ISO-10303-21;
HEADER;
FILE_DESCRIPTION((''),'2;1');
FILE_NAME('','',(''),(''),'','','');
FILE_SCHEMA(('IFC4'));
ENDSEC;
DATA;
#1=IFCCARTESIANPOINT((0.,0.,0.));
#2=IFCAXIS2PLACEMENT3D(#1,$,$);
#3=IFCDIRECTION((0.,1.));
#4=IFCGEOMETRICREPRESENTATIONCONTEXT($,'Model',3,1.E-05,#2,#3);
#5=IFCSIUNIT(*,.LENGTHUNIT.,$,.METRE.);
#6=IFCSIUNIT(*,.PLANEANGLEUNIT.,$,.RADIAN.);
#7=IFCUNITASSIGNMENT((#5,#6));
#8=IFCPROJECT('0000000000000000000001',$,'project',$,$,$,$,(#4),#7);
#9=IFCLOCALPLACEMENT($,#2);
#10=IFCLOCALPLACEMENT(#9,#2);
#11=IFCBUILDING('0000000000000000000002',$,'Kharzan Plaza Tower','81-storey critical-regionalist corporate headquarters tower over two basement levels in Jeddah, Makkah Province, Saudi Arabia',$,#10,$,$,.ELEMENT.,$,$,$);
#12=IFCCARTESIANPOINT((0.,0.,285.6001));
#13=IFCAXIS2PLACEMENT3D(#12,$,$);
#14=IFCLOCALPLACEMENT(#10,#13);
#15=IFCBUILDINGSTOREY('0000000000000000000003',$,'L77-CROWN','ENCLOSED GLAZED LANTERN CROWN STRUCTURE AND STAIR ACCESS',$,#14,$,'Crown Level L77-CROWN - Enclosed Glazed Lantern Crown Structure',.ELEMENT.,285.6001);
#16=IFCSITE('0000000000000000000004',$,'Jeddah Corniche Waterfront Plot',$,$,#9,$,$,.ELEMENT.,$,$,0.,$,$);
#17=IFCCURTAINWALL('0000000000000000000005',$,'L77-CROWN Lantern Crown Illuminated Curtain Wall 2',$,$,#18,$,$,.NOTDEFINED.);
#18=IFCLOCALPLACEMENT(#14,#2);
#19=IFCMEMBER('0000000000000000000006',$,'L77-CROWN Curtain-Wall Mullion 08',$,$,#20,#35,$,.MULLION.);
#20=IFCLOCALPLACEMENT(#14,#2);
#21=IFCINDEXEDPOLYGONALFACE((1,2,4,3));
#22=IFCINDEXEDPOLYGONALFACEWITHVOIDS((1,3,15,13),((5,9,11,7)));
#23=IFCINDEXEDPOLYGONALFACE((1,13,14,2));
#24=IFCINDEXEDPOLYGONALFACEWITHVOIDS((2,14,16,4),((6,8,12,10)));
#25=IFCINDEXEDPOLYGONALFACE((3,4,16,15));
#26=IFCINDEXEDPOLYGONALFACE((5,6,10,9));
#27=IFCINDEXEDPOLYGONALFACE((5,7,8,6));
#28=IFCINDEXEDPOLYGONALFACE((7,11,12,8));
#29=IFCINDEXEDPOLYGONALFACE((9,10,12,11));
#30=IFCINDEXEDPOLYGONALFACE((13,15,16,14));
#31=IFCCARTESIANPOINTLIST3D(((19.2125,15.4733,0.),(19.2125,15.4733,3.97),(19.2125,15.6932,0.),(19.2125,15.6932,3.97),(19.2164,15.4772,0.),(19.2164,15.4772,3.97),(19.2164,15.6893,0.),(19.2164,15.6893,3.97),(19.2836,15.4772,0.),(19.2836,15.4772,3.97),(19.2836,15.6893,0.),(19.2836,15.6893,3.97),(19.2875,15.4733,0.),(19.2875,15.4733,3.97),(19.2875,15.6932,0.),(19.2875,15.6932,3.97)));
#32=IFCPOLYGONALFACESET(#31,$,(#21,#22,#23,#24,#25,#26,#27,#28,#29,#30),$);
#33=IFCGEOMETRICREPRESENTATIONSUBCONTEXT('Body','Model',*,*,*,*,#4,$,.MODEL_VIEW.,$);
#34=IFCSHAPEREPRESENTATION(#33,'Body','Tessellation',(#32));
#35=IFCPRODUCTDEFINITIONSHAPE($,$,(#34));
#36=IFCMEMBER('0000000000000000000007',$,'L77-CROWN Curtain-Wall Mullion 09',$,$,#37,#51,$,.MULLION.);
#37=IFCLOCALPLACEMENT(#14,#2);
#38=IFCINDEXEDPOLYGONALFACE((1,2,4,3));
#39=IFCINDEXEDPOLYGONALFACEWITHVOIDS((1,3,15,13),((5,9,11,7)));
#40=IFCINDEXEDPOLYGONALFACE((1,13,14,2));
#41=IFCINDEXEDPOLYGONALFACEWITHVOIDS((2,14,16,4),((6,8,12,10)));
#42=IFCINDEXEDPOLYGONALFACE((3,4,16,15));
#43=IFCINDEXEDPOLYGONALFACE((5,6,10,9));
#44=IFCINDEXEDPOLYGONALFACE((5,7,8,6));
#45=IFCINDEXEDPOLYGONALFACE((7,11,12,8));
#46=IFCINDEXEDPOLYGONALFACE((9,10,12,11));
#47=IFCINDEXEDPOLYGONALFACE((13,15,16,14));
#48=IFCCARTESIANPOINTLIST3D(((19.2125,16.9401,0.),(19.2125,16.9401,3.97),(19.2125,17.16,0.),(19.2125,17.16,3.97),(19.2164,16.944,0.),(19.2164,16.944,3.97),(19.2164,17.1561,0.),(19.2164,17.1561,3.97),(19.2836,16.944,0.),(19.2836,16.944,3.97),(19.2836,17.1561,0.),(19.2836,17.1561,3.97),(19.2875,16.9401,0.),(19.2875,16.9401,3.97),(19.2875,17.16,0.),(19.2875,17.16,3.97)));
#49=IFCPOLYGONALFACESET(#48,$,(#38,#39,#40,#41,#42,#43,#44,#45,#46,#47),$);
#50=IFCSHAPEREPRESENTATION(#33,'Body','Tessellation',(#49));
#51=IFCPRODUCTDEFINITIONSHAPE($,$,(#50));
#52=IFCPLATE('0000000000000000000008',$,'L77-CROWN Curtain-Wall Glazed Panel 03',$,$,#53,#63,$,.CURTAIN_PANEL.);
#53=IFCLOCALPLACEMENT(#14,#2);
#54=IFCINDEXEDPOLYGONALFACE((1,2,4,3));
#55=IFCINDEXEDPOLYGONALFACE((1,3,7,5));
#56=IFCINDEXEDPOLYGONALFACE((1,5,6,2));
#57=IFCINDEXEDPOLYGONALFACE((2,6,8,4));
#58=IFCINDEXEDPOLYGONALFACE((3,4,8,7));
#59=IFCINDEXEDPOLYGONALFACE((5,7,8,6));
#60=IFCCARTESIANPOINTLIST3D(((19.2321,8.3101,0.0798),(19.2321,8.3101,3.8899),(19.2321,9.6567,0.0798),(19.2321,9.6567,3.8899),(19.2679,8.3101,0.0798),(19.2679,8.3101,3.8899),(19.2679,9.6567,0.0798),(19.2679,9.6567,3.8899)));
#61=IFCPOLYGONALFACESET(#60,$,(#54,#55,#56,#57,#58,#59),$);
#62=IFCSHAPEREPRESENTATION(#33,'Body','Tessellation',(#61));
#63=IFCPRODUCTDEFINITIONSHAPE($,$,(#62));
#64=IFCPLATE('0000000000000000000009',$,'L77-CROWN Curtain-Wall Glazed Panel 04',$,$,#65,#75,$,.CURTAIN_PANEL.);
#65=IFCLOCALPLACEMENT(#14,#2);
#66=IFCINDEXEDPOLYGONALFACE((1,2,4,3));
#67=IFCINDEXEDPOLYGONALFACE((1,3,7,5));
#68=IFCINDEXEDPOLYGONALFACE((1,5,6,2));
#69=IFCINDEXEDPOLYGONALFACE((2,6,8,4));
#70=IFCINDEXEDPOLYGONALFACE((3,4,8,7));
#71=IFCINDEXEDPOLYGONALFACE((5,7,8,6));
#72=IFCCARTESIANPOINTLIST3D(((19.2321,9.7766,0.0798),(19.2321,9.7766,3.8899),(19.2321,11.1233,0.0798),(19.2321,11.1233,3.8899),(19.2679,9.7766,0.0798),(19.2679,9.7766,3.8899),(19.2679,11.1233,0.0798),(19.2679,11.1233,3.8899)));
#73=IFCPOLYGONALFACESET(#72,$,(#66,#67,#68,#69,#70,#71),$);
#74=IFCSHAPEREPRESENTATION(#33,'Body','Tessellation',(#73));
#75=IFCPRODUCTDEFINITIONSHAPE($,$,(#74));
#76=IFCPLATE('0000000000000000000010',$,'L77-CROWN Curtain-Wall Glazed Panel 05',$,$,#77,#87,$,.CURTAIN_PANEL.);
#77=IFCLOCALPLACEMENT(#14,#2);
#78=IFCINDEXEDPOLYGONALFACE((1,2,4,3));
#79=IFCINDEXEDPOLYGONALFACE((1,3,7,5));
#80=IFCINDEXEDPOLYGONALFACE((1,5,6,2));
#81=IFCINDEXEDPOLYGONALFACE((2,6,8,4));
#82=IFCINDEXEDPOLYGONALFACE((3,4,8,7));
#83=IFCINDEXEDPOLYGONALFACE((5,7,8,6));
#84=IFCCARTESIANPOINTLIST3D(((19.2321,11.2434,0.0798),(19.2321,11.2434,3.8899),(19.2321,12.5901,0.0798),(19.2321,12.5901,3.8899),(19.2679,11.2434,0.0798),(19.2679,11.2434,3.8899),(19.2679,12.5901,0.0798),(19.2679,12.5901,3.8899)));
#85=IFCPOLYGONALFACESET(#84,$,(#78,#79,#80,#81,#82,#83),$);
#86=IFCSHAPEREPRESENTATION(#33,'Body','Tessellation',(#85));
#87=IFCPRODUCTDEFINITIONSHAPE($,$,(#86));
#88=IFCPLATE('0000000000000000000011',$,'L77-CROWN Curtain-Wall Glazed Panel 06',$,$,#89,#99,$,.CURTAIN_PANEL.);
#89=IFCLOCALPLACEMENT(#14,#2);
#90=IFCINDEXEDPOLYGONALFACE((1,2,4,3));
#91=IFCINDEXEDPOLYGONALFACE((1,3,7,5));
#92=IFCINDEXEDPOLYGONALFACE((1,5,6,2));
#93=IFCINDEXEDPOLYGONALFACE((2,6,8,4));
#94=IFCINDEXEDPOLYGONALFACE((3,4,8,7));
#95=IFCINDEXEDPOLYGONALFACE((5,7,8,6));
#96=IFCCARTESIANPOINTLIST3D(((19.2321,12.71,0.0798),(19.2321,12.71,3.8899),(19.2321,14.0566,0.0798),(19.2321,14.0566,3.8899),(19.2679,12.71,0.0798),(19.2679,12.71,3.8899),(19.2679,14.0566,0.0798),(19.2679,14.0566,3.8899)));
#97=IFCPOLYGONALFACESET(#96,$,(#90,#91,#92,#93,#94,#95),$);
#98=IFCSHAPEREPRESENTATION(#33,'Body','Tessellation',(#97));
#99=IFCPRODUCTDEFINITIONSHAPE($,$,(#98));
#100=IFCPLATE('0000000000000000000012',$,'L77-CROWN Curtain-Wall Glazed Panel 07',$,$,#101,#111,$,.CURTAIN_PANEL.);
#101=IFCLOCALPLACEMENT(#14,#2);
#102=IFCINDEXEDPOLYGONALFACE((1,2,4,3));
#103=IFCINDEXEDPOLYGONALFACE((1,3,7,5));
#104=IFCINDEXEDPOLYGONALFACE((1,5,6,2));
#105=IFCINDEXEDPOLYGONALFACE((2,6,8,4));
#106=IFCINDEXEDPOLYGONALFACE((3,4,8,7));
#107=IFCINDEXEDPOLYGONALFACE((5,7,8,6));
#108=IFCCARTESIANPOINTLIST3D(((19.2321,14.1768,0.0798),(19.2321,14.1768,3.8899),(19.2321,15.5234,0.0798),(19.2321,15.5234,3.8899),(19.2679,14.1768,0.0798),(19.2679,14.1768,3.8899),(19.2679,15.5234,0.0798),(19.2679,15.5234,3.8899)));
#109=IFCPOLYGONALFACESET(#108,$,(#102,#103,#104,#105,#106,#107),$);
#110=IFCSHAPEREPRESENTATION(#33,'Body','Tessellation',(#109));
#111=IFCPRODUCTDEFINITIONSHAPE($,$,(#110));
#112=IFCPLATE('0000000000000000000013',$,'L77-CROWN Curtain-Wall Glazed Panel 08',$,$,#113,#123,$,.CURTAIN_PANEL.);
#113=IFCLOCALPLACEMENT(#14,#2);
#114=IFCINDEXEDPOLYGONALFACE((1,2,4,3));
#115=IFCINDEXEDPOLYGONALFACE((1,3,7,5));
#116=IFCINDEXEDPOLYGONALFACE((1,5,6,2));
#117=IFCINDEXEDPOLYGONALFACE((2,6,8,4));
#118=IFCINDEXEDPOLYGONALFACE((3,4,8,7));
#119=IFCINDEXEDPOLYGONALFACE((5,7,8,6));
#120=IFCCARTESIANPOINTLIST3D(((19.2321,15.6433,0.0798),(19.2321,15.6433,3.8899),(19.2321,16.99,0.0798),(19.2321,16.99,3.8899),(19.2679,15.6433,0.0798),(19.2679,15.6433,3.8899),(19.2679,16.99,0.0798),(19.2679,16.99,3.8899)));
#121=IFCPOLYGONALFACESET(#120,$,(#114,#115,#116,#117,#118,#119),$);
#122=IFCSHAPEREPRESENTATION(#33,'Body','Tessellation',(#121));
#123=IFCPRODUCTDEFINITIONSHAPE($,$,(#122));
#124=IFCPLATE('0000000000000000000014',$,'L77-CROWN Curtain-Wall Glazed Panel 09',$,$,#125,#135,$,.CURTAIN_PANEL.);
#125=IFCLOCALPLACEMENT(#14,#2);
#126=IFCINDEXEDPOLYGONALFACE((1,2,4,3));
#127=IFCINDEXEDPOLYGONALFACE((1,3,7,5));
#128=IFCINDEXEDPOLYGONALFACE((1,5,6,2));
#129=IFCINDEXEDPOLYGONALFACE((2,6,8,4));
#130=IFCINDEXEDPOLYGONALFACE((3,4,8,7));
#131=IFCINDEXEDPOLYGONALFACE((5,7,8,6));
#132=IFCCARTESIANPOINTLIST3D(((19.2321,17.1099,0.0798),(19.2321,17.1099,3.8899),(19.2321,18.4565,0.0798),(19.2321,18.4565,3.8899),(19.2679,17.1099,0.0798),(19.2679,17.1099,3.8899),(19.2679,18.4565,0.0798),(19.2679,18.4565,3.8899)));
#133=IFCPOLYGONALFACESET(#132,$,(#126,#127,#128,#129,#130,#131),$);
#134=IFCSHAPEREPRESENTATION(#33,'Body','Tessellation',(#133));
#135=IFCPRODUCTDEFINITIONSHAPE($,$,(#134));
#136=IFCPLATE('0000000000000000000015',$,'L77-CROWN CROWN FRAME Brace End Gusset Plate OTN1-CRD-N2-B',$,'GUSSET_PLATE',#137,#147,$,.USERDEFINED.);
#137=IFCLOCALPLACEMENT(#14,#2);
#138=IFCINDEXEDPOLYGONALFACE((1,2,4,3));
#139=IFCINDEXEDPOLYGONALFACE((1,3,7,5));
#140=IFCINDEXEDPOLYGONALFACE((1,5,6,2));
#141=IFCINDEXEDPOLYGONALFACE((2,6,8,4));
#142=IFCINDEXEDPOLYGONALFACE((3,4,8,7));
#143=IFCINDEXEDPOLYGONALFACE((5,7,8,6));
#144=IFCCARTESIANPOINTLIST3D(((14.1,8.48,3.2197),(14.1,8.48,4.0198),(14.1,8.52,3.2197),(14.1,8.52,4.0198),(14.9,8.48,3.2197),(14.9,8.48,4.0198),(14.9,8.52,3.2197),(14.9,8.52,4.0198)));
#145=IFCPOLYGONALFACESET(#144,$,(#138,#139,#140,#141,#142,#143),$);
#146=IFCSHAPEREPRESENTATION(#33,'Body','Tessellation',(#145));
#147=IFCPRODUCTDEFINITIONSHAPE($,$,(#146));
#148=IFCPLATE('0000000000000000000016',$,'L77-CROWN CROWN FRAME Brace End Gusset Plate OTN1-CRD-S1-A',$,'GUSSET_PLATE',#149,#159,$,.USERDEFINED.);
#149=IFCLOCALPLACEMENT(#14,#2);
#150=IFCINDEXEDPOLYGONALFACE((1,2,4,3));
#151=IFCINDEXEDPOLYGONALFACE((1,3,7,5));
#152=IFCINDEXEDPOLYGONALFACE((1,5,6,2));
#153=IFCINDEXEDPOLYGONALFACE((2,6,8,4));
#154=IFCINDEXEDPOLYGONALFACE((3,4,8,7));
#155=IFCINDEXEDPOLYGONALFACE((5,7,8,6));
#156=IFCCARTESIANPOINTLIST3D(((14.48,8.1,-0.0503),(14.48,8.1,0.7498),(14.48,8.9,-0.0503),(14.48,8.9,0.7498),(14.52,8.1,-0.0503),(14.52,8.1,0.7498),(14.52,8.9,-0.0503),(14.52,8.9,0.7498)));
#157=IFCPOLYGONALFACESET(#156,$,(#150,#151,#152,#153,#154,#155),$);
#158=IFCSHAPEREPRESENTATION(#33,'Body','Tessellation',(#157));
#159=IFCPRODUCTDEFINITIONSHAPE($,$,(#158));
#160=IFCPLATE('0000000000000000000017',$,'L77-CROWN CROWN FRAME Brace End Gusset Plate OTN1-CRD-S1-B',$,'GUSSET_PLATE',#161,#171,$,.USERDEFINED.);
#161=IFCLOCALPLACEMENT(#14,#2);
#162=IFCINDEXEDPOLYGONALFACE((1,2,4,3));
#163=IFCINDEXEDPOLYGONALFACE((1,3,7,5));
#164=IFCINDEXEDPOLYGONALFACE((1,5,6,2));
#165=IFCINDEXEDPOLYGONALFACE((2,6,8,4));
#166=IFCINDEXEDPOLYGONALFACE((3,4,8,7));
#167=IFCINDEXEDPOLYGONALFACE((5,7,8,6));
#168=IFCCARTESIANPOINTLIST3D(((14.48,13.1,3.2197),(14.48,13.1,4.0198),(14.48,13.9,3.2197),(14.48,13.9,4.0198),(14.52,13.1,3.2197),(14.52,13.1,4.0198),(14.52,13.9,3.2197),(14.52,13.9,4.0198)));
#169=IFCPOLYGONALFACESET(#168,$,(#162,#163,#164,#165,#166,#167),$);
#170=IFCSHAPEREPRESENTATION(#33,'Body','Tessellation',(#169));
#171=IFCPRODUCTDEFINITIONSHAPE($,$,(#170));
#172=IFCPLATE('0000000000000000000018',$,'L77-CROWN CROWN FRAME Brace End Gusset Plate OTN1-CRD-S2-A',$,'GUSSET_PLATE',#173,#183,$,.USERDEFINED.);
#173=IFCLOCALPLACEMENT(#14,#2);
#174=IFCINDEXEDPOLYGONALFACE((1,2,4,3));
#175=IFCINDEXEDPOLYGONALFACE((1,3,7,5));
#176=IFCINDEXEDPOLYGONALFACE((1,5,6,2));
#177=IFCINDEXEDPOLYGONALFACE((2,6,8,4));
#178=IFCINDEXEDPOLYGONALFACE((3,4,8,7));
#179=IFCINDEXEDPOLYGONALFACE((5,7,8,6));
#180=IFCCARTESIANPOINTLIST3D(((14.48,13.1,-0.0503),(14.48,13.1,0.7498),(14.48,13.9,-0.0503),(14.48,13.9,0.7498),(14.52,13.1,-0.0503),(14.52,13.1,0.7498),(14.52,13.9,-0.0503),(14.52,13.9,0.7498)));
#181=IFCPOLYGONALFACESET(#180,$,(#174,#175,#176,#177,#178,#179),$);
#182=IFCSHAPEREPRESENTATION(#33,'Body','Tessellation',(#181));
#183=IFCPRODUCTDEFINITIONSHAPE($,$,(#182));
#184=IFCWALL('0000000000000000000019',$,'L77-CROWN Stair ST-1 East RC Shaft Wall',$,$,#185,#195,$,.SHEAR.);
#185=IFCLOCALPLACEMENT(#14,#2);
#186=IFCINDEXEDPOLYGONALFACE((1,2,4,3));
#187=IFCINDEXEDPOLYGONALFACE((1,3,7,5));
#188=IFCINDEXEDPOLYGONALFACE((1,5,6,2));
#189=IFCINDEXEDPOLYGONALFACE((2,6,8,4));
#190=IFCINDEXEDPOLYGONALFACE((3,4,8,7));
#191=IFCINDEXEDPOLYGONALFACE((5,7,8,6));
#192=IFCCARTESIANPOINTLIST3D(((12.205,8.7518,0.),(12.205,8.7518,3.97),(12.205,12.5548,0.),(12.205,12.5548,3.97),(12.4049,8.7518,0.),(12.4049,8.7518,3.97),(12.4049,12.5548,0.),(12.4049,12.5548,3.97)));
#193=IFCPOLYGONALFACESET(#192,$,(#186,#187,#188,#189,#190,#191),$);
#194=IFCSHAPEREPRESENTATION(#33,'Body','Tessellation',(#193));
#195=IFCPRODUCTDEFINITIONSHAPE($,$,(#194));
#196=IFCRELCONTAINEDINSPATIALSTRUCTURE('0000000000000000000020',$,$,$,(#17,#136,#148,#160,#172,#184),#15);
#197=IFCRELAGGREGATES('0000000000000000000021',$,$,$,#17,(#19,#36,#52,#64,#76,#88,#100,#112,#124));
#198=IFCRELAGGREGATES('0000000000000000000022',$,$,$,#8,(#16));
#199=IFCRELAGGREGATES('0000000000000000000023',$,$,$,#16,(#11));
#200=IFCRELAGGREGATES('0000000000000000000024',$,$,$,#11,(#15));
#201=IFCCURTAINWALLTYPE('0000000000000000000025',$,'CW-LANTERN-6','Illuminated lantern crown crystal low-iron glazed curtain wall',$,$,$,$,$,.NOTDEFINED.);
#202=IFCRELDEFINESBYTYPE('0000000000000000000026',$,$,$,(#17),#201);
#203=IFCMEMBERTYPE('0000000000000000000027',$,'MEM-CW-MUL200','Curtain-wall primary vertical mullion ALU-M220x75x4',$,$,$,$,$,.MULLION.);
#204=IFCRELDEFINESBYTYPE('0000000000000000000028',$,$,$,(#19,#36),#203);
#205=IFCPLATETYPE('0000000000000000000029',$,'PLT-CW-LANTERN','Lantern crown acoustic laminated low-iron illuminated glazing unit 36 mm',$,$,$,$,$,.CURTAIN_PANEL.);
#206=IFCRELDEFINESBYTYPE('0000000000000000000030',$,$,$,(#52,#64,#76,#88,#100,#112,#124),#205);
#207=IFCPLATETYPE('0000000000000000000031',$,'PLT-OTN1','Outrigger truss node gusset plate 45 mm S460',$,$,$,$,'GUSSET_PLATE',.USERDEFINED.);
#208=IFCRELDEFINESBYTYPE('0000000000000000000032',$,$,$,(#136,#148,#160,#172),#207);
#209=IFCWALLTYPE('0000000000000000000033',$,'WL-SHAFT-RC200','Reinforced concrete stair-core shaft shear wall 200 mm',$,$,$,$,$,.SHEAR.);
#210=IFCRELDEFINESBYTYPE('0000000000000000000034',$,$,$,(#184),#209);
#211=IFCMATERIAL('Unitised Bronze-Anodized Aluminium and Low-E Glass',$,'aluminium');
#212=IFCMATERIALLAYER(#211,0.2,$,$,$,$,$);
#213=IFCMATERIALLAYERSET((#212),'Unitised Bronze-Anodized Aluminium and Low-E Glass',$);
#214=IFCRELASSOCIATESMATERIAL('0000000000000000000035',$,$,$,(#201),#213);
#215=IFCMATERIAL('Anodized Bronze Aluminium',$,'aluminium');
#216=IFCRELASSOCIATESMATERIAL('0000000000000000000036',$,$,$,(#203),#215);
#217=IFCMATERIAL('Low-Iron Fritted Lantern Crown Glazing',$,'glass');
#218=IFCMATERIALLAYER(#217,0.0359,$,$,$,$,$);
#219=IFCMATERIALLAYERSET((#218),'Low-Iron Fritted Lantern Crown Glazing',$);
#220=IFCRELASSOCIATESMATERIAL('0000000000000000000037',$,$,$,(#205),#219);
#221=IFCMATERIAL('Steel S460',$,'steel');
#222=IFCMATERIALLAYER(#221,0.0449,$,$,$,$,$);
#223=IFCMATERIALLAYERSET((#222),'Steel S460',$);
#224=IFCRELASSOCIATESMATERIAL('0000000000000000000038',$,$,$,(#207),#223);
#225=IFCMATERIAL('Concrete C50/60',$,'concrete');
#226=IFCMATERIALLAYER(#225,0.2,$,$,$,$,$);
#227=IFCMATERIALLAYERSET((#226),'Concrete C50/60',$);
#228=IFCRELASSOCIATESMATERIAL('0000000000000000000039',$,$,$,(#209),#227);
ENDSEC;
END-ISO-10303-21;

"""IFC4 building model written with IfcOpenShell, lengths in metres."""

from ifc_helpers import new_model, si_unit, direction, frame, frame_2d, origin, origin_2d, place, context, subcontext, project, spatial, rectangle, hollow_rectangle, extrude, source, transform, mapped, material, layer, layer_set, material_profile, profile_set, type_object, element, aggregate, save


model = new_model("IFC4")

# Units and contexts
model_context = context("Model", 3, precision=1e-05, world=origin(), true_north=direction((0.0, 1.0)))
body_context = subcontext(model_context, "Body", "Model", "MODEL_VIEW")
ifc_project = project(units=[si_unit("LENGTHUNIT", "METRE"), si_unit("PLANEANGLEUNIT", "RADIAN")], contexts=[model_context])

# Site, building, storey
site_placement = place(None, origin())
site = spatial("IfcSite", under=ifc_project, at=site_placement, Name="Jeddah Corniche Waterfront Plot", CompositionType="ELEMENT", RefElevation=0.0)
building_placement = place(site_placement, origin())
building = spatial("IfcBuilding", under=site, at=building_placement, Name="Kharzan Plaza Tower", Description="81-storey critical-regionalist corporate headquarters tower over two basement levels in Jeddah, Makkah Province, Saudi Arabia", CompositionType="ELEMENT")
storey_placement = place(building_placement, frame((0.0, 0.0, 285.6001)))
storey = spatial("IfcBuildingStorey", under=building, at=storey_placement, Name="L77-CROWN", Description="ENCLOSED GLAZED LANTERN CROWN STRUCTURE AND STAIR ACCESS", LongName="Crown Level L77-CROWN - Enclosed Glazed Lantern Crown Structure", CompositionType="ELEMENT", Elevation=285.6001)

# Curtain wall, members, plates
ifc_material_1 = material(Name="Unitised Bronze-Anodized Aluminium and Low-E Glass", Category="aluminium")
ifc_layer_1 = layer(ifc_material_1, 0.2)
ifc_layer_set_1 = layer_set([ifc_layer_1], Name="Unitised Bronze-Anodized Aluminium and Low-E Glass")
curtain_wall_type = type_object("IfcCurtainWallType", Name="CW-LANTERN-6", Description="Illuminated lantern crown crystal low-iron glazed curtain wall", PredefinedType="NOTDEFINED", material=ifc_layer_set_1)
curtain_wall_placement = place(storey_placement, origin())
curtain_wall = element("IfcCurtainWall", 1, at=curtain_wall_placement, inside=storey, type_object=curtain_wall_type, Name="L77-CROWN Lantern Crown Illuminated Curtain Wall 2", PredefinedType="NOTDEFINED")
ifc_material_2 = material(Name="Anodized Bronze Aluminium", Category="aluminium")
ifc_material_profile_1 = material_profile(ifc_material_2, hollow_rectangle(XDim=0.075, YDim=0.22, WallThickness=0.0039, at=origin_2d()), Name="ALU-M220x75x4")
ifc_profile_set_1 = profile_set([ifc_material_profile_1], Name="Anodized Bronze Aluminium")
member_type_1 = type_object("IfcMemberType", Name="MEM-CW-MUL200", Description="Curtain-wall primary vertical mullion ALU-M220x75x4", PredefinedType="MULLION", material=ifc_profile_set_1)
shared_shape_1 = source(origin(), body_context, "Body", "SweptSolid", [
    extrude(hollow_rectangle(XDim=0.075, YDim=0.22, WallThickness=0.0039, at=origin_2d()), origin(), (0.0, 0.0, 1.0), 3.97),
])
member_1_placement = place(storey_placement, frame((19.25, 15.5833, 0.0), z_axis=(0.0, 0.0, 1.0), x_axis=(1.0, 0.0, 0.0)))
member_1 = element("IfcMember", 2, at=member_1_placement, type_object=member_type_1, Name="L77-CROWN Curtain-Wall Mullion 08", PredefinedType="MULLION", context=body_context, shape_type="MappedRepresentation", body=[
    mapped(shared_shape_1, transform((0.0, 0.0, 0.0), x_axis=(1.0, 0.0, 0.0), y_axis=(0.0, 1.0, 0.0), z_axis=(0.0, 0.0, 1.0))),
])
member_2_placement = place(storey_placement, frame((19.25, 17.05, 0.0), z_axis=(0.0, 0.0, 1.0), x_axis=(1.0, 0.0, 0.0)))
member_2 = element("IfcMember", 3, at=member_2_placement, type_object=member_type_1, Name="L77-CROWN Curtain-Wall Mullion 09", PredefinedType="MULLION", context=body_context, shape_type="MappedRepresentation", body=[
    mapped(shared_shape_1, transform((0.0, 0.0, 0.0), x_axis=(1.0, 0.0, 0.0), y_axis=(0.0, 1.0, 0.0), z_axis=(0.0, 0.0, 1.0))),
])
ifc_material_3 = material(Name="Low-Iron Fritted Lantern Crown Glazing", Category="glass")
ifc_layer_2 = layer(ifc_material_3, 0.0359)
ifc_layer_set_2 = layer_set([ifc_layer_2], Name="Low-Iron Fritted Lantern Crown Glazing")
plate_type_1 = type_object("IfcPlateType", Name="PLT-CW-LANTERN", Description="Lantern crown acoustic laminated low-iron illuminated glazing unit 36 mm", PredefinedType="CURTAIN_PANEL", material=ifc_layer_set_2)
shared_shape_2 = source(origin(), body_context, "Body", "SweptSolid", [
    extrude(rectangle(XDim=1.3467, YDim=0.0359, at=origin_2d()), origin(), (0.0, 0.0, 1.0), 3.8101),
])
plate_1_placement = place(storey_placement, frame((19.25, 8.9834, 0.0798), z_axis=(0.0, 0.0, 1.0), x_axis=(0.0, 1.0, 0.0)))
plate_1 = element("IfcPlate", 4, at=plate_1_placement, type_object=plate_type_1, Name="L77-CROWN Curtain-Wall Glazed Panel 03", PredefinedType="CURTAIN_PANEL", context=body_context, shape_type="MappedRepresentation", body=[
    mapped(shared_shape_2, transform((0.0, 0.0, 0.0), x_axis=(1.0, 0.0, 0.0), y_axis=(0.0, 1.0, 0.0), z_axis=(0.0, 0.0, 1.0))),
])
plate_2_placement = place(storey_placement, frame((19.25, 10.45, 0.0798), z_axis=(0.0, 0.0, 1.0), x_axis=(0.0, 1.0, 0.0)))
plate_2 = element("IfcPlate", 5, at=plate_2_placement, type_object=plate_type_1, Name="L77-CROWN Curtain-Wall Glazed Panel 04", PredefinedType="CURTAIN_PANEL", context=body_context, shape_type="MappedRepresentation", body=[
    mapped(shared_shape_2, transform((0.0, 0.0, 0.0), x_axis=(1.0, 0.0, 0.0), y_axis=(0.0, 1.0, 0.0), z_axis=(0.0, 0.0, 1.0))),
])
plate_3_placement = place(storey_placement, frame((19.25, 11.9167, 0.0798), z_axis=(0.0, 0.0, 1.0), x_axis=(0.0, 1.0, 0.0)))
plate_3 = element("IfcPlate", 6, at=plate_3_placement, type_object=plate_type_1, Name="L77-CROWN Curtain-Wall Glazed Panel 05", PredefinedType="CURTAIN_PANEL", context=body_context, shape_type="MappedRepresentation", body=[
    mapped(shared_shape_2, transform((0.0, 0.0, 0.0), x_axis=(1.0, 0.0, 0.0), y_axis=(0.0, 1.0, 0.0), z_axis=(0.0, 0.0, 1.0))),
])
plate_4_placement = place(storey_placement, frame((19.25, 13.3833, 0.0798), z_axis=(0.0, 0.0, 1.0), x_axis=(0.0, 1.0, 0.0)))
plate_4 = element("IfcPlate", 7, at=plate_4_placement, type_object=plate_type_1, Name="L77-CROWN Curtain-Wall Glazed Panel 06", PredefinedType="CURTAIN_PANEL", context=body_context, shape_type="MappedRepresentation", body=[
    mapped(shared_shape_2, transform((0.0, 0.0, 0.0), x_axis=(1.0, 0.0, 0.0), y_axis=(0.0, 1.0, 0.0), z_axis=(0.0, 0.0, 1.0))),
])
plate_5_placement = place(storey_placement, frame((19.25, 14.8501, 0.0798), z_axis=(0.0, 0.0, 1.0), x_axis=(0.0, 1.0, 0.0)))
plate_5 = element("IfcPlate", 8, at=plate_5_placement, type_object=plate_type_1, Name="L77-CROWN Curtain-Wall Glazed Panel 07", PredefinedType="CURTAIN_PANEL", context=body_context, shape_type="MappedRepresentation", body=[
    mapped(shared_shape_2, transform((0.0, 0.0, 0.0), x_axis=(1.0, 0.0, 0.0), y_axis=(0.0, 1.0, 0.0), z_axis=(0.0, 0.0, 1.0))),
])
plate_6_placement = place(storey_placement, frame((19.25, 16.3167, 0.0798), z_axis=(0.0, 0.0, 1.0), x_axis=(0.0, 1.0, 0.0)))
plate_6 = element("IfcPlate", 9, at=plate_6_placement, type_object=plate_type_1, Name="L77-CROWN Curtain-Wall Glazed Panel 08", PredefinedType="CURTAIN_PANEL", context=body_context, shape_type="MappedRepresentation", body=[
    mapped(shared_shape_2, transform((0.0, 0.0, 0.0), x_axis=(1.0, 0.0, 0.0), y_axis=(0.0, 1.0, 0.0), z_axis=(0.0, 0.0, 1.0))),
])
plate_7_placement = place(storey_placement, frame((19.25, 17.7832, 0.0798), z_axis=(0.0, 0.0, 1.0), x_axis=(0.0, 1.0, 0.0)))
plate_7 = element("IfcPlate", 10, at=plate_7_placement, type_object=plate_type_1, Name="L77-CROWN Curtain-Wall Glazed Panel 09", PredefinedType="CURTAIN_PANEL", context=body_context, shape_type="MappedRepresentation", body=[
    mapped(shared_shape_2, transform((0.0, 0.0, 0.0), x_axis=(1.0, 0.0, 0.0), y_axis=(0.0, 1.0, 0.0), z_axis=(0.0, 0.0, 1.0))),
])
aggregate(curtain_wall, [member_1, member_2, plate_1, plate_2, plate_3, plate_4, plate_5, plate_6, plate_7])

# Plates
ifc_material_4 = material(Name="Steel S460", Category="steel")
ifc_layer_3 = layer(ifc_material_4, 0.0449)
ifc_layer_set_3 = layer_set([ifc_layer_3], Name="Steel S460")
plate_type_2 = type_object("IfcPlateType", Name="PLT-OTN1", Description="Outrigger truss node gusset plate 45 mm S460", ElementType="GUSSET_PLATE", PredefinedType="USERDEFINED", material=ifc_layer_set_3)
shared_shape_3 = source(origin(), body_context, "Body", "SweptSolid", [
    extrude(rectangle(XDim=0.8, YDim=0.04, at=origin_2d()), origin(), (0.0, 0.0, 1.0), 0.8),
])
for number, where, z_axis, x_axis, name in (
    (11, (14.5, 8.5, 3.2197), (0.0, 0.0, 1.0), (1.0, 0.0, 0.0), "L77-CROWN CROWN FRAME Brace End Gusset Plate OTN1-CRD-N2-B"),
    (12, (14.5, 8.5, -0.0503), (0.0, 0.0, 1.0), (0.0, 1.0, 0.0), "L77-CROWN CROWN FRAME Brace End Gusset Plate OTN1-CRD-S1-A"),
    (13, (14.5, 13.5, 3.2197), (0.0, 0.0, 1.0), (0.0, 1.0, 0.0), "L77-CROWN CROWN FRAME Brace End Gusset Plate OTN1-CRD-S1-B"),
    (14, (14.5, 13.5, -0.0503), (0.0, 0.0, 1.0), (0.0, 1.0, 0.0), "L77-CROWN CROWN FRAME Brace End Gusset Plate OTN1-CRD-S2-A"),
):
    element("IfcPlate", number, at=place(storey_placement, frame(where, z_axis=z_axis, x_axis=x_axis)), inside=storey, type_object=plate_type_2, Name=name, ObjectType="GUSSET_PLATE", PredefinedType="USERDEFINED", context=body_context, shape_type="MappedRepresentation", body=[
        mapped(shared_shape_3, transform((0.0, 0.0, 0.0), x_axis=(1.0, 0.0, 0.0), y_axis=(0.0, 1.0, 0.0), z_axis=(0.0, 0.0, 1.0))),
    ])

# Wall
ifc_material_5 = material(Name="Concrete C50/60", Category="concrete")
ifc_layer_4 = layer(ifc_material_5, 0.2)
ifc_layer_set_4 = layer_set([ifc_layer_4], Name="Concrete C50/60")
wall_type = type_object("IfcWallType", Name="WL-SHAFT-RC200", Description="Reinforced concrete stair-core shaft shear wall 200 mm", PredefinedType="SHEAR", material=ifc_layer_set_4)
shared_shape_4 = source(origin(), body_context, "Body", "SweptSolid", [
    extrude(rectangle(XDim=3.803, YDim=0.2, at=frame_2d((1.9014, 0.0))), origin(), (0.0, 0.0, 1.0), 3.97),
])
wall_placement = place(storey_placement, frame((12.3049, 8.752, 0.0), z_axis=(0.0, 0.0, 1.0), x_axis=(0.0, 1.0, 0.0)))
element("IfcWall", 15, at=wall_placement, inside=storey, type_object=wall_type, Name="L77-CROWN Stair ST-1 East RC Shaft Wall", PredefinedType="SHEAR", context=body_context, shape_type="MappedRepresentation", body=[
    mapped(shared_shape_4, transform((0.0, 0.0, 0.0), x_axis=(1.0, 0.0, 0.0), y_axis=(0.0, 1.0, 0.0), z_axis=(0.0, 0.0, 1.0))),
])

save(model, "model.ifc")
